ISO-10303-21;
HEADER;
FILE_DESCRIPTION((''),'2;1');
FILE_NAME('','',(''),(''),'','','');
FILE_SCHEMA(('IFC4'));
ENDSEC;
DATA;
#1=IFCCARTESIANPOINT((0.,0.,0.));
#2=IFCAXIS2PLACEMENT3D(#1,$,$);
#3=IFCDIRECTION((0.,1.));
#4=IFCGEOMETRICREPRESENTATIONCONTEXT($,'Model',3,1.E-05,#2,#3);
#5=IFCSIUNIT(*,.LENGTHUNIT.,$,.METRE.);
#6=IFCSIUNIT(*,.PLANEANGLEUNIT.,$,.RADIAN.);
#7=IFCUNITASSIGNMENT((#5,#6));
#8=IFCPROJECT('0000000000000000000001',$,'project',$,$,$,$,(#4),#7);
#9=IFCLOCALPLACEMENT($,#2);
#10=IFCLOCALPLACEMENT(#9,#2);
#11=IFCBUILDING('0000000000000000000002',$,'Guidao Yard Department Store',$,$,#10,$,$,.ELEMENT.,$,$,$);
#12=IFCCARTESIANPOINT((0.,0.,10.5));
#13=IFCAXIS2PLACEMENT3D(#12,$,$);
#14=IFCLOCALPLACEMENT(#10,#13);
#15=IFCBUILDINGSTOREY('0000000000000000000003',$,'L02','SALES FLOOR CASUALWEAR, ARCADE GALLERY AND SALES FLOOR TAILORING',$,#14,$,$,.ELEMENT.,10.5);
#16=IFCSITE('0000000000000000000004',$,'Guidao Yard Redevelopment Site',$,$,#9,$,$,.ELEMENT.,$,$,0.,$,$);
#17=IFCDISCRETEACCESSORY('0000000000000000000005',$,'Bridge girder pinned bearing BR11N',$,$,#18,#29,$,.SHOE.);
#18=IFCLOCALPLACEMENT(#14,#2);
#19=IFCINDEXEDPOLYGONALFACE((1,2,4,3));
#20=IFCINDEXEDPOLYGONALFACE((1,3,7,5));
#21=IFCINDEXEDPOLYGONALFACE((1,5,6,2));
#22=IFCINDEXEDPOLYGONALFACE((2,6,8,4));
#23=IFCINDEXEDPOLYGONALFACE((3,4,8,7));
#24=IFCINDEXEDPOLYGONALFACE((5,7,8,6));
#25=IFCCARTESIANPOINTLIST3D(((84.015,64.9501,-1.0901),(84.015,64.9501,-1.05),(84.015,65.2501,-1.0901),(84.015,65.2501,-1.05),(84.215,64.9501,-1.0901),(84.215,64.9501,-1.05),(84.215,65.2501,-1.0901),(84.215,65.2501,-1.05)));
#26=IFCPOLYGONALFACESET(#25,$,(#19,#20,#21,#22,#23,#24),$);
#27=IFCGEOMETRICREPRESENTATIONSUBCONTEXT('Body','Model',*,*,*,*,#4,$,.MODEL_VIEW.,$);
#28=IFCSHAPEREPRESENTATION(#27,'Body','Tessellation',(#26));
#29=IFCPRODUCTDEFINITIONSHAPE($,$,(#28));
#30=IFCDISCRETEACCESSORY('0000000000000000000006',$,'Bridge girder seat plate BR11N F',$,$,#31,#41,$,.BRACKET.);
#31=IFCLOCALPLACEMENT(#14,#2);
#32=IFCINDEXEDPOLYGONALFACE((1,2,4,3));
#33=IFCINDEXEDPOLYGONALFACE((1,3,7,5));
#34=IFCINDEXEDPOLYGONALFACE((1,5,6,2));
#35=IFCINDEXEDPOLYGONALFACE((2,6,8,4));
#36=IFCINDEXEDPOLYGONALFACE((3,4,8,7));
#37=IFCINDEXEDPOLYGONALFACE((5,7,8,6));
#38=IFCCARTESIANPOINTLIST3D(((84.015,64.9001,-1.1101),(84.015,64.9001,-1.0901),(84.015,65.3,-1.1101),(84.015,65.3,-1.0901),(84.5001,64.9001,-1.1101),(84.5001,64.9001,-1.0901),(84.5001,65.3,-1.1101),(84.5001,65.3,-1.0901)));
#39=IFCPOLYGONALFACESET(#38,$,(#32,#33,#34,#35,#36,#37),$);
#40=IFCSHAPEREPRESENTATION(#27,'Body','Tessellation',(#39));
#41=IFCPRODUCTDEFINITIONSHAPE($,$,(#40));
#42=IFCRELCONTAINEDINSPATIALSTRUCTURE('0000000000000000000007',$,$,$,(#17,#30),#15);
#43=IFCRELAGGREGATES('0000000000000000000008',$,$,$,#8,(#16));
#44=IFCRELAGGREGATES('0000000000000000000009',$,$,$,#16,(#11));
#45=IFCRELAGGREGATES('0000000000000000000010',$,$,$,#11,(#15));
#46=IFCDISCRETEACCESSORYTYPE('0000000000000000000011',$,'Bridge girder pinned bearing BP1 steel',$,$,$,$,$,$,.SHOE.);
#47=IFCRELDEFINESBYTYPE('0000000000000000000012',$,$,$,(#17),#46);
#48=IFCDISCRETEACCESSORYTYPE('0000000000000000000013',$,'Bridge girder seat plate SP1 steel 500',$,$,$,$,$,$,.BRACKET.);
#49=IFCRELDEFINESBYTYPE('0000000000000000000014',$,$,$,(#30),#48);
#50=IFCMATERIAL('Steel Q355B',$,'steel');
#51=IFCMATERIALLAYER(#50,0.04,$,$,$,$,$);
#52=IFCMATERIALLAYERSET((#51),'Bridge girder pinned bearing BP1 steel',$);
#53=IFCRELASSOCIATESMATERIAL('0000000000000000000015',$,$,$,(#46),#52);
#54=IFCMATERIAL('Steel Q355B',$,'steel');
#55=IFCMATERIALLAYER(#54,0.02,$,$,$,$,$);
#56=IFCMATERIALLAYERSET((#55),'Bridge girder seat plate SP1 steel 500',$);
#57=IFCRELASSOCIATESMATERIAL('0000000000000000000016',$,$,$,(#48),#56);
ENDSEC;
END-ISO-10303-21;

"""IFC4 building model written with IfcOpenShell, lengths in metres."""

from ifc_helpers import new_model, si_unit, direction, frame, origin, origin_2d, place, context, subcontext, project, spatial, rectangle, extrude, material, layer, layer_set, type_object, element, save


model = new_model("IFC4")

# Units and contexts
model_context = context("Model", 3, precision=1e-05, world=origin(), true_north=direction((0.0, 1.0)))
body_context = subcontext(model_context, "Body", "Model", "MODEL_VIEW")
ifc_project = project(units=[si_unit("LENGTHUNIT", "METRE"), si_unit("PLANEANGLEUNIT", "RADIAN")], contexts=[model_context])

# Site, building, storey
site_placement = place(None, origin())
site = spatial("IfcSite", under=ifc_project, at=site_placement, Name="Guidao Yard Redevelopment Site", CompositionType="ELEMENT", RefElevation=0.0)
building_placement = place(site_placement, origin())
building = spatial("IfcBuilding", under=site, at=building_placement, Name="Guidao Yard Department Store", CompositionType="ELEMENT")
storey_placement = place(building_placement, frame((0.0, 0.0, 10.5)))
storey = spatial("IfcBuildingStorey", under=building, at=storey_placement, Name="L02", Description="SALES FLOOR CASUALWEAR, ARCADE GALLERY AND SALES FLOOR TAILORING", CompositionType="ELEMENT", Elevation=10.5)

# Discrete accessories
ifc_material_1 = material(Name="Steel Q355B", Category="steel")
ifc_layer_1 = layer(ifc_material_1, 0.04)
ifc_layer_set_1 = layer_set([ifc_layer_1], Name="Bridge girder pinned bearing BP1 steel")
discrete_accessory_type_1 = type_object("IfcDiscreteAccessoryType", Name="Bridge girder pinned bearing BP1 steel", PredefinedType="SHOE", material=ifc_layer_set_1)
discrete_accessory_1_placement = place(storey_placement, frame((84.115, 65.1001, -1.0901), z_axis=(0.0, 0.0, 1.0), x_axis=(1.0, 0.0, 0.0)))
element("IfcDiscreteAccessory", 1, at=discrete_accessory_1_placement, inside=storey, type_object=discrete_accessory_type_1, Name="Bridge girder pinned bearing BR11N", PredefinedType="SHOE", context=body_context, shape_type="SweptSolid", body=[
    extrude(rectangle(XDim=0.2, YDim=0.3, at=origin_2d()), origin(), (0.0, 0.0, 1.0), 0.04),
])
ifc_material_2 = material(Name="Steel Q355B", Category="steel")
ifc_layer_2 = layer(ifc_material_2, 0.02)
ifc_layer_set_2 = layer_set([ifc_layer_2], Name="Bridge girder seat plate SP1 steel 500")
discrete_accessory_type_2 = type_object("IfcDiscreteAccessoryType", Name="Bridge girder seat plate SP1 steel 500", PredefinedType="BRACKET", material=ifc_layer_set_2)
discrete_accessory_2_placement = place(storey_placement, frame((84.2576, 65.1001, -1.1101), z_axis=(0.0, 0.0, 1.0), x_axis=(1.0, 0.0, 0.0)))
element("IfcDiscreteAccessory", 2, at=discrete_accessory_2_placement, inside=storey, type_object=discrete_accessory_type_2, Name="Bridge girder seat plate BR11N F", PredefinedType="BRACKET", context=body_context, shape_type="SweptSolid", body=[
    extrude(rectangle(XDim=0.4851, YDim=0.3999, at=origin_2d()), origin(), (0.0, 0.0, 1.0), 0.02),
])

save(model, "model.ifc")
